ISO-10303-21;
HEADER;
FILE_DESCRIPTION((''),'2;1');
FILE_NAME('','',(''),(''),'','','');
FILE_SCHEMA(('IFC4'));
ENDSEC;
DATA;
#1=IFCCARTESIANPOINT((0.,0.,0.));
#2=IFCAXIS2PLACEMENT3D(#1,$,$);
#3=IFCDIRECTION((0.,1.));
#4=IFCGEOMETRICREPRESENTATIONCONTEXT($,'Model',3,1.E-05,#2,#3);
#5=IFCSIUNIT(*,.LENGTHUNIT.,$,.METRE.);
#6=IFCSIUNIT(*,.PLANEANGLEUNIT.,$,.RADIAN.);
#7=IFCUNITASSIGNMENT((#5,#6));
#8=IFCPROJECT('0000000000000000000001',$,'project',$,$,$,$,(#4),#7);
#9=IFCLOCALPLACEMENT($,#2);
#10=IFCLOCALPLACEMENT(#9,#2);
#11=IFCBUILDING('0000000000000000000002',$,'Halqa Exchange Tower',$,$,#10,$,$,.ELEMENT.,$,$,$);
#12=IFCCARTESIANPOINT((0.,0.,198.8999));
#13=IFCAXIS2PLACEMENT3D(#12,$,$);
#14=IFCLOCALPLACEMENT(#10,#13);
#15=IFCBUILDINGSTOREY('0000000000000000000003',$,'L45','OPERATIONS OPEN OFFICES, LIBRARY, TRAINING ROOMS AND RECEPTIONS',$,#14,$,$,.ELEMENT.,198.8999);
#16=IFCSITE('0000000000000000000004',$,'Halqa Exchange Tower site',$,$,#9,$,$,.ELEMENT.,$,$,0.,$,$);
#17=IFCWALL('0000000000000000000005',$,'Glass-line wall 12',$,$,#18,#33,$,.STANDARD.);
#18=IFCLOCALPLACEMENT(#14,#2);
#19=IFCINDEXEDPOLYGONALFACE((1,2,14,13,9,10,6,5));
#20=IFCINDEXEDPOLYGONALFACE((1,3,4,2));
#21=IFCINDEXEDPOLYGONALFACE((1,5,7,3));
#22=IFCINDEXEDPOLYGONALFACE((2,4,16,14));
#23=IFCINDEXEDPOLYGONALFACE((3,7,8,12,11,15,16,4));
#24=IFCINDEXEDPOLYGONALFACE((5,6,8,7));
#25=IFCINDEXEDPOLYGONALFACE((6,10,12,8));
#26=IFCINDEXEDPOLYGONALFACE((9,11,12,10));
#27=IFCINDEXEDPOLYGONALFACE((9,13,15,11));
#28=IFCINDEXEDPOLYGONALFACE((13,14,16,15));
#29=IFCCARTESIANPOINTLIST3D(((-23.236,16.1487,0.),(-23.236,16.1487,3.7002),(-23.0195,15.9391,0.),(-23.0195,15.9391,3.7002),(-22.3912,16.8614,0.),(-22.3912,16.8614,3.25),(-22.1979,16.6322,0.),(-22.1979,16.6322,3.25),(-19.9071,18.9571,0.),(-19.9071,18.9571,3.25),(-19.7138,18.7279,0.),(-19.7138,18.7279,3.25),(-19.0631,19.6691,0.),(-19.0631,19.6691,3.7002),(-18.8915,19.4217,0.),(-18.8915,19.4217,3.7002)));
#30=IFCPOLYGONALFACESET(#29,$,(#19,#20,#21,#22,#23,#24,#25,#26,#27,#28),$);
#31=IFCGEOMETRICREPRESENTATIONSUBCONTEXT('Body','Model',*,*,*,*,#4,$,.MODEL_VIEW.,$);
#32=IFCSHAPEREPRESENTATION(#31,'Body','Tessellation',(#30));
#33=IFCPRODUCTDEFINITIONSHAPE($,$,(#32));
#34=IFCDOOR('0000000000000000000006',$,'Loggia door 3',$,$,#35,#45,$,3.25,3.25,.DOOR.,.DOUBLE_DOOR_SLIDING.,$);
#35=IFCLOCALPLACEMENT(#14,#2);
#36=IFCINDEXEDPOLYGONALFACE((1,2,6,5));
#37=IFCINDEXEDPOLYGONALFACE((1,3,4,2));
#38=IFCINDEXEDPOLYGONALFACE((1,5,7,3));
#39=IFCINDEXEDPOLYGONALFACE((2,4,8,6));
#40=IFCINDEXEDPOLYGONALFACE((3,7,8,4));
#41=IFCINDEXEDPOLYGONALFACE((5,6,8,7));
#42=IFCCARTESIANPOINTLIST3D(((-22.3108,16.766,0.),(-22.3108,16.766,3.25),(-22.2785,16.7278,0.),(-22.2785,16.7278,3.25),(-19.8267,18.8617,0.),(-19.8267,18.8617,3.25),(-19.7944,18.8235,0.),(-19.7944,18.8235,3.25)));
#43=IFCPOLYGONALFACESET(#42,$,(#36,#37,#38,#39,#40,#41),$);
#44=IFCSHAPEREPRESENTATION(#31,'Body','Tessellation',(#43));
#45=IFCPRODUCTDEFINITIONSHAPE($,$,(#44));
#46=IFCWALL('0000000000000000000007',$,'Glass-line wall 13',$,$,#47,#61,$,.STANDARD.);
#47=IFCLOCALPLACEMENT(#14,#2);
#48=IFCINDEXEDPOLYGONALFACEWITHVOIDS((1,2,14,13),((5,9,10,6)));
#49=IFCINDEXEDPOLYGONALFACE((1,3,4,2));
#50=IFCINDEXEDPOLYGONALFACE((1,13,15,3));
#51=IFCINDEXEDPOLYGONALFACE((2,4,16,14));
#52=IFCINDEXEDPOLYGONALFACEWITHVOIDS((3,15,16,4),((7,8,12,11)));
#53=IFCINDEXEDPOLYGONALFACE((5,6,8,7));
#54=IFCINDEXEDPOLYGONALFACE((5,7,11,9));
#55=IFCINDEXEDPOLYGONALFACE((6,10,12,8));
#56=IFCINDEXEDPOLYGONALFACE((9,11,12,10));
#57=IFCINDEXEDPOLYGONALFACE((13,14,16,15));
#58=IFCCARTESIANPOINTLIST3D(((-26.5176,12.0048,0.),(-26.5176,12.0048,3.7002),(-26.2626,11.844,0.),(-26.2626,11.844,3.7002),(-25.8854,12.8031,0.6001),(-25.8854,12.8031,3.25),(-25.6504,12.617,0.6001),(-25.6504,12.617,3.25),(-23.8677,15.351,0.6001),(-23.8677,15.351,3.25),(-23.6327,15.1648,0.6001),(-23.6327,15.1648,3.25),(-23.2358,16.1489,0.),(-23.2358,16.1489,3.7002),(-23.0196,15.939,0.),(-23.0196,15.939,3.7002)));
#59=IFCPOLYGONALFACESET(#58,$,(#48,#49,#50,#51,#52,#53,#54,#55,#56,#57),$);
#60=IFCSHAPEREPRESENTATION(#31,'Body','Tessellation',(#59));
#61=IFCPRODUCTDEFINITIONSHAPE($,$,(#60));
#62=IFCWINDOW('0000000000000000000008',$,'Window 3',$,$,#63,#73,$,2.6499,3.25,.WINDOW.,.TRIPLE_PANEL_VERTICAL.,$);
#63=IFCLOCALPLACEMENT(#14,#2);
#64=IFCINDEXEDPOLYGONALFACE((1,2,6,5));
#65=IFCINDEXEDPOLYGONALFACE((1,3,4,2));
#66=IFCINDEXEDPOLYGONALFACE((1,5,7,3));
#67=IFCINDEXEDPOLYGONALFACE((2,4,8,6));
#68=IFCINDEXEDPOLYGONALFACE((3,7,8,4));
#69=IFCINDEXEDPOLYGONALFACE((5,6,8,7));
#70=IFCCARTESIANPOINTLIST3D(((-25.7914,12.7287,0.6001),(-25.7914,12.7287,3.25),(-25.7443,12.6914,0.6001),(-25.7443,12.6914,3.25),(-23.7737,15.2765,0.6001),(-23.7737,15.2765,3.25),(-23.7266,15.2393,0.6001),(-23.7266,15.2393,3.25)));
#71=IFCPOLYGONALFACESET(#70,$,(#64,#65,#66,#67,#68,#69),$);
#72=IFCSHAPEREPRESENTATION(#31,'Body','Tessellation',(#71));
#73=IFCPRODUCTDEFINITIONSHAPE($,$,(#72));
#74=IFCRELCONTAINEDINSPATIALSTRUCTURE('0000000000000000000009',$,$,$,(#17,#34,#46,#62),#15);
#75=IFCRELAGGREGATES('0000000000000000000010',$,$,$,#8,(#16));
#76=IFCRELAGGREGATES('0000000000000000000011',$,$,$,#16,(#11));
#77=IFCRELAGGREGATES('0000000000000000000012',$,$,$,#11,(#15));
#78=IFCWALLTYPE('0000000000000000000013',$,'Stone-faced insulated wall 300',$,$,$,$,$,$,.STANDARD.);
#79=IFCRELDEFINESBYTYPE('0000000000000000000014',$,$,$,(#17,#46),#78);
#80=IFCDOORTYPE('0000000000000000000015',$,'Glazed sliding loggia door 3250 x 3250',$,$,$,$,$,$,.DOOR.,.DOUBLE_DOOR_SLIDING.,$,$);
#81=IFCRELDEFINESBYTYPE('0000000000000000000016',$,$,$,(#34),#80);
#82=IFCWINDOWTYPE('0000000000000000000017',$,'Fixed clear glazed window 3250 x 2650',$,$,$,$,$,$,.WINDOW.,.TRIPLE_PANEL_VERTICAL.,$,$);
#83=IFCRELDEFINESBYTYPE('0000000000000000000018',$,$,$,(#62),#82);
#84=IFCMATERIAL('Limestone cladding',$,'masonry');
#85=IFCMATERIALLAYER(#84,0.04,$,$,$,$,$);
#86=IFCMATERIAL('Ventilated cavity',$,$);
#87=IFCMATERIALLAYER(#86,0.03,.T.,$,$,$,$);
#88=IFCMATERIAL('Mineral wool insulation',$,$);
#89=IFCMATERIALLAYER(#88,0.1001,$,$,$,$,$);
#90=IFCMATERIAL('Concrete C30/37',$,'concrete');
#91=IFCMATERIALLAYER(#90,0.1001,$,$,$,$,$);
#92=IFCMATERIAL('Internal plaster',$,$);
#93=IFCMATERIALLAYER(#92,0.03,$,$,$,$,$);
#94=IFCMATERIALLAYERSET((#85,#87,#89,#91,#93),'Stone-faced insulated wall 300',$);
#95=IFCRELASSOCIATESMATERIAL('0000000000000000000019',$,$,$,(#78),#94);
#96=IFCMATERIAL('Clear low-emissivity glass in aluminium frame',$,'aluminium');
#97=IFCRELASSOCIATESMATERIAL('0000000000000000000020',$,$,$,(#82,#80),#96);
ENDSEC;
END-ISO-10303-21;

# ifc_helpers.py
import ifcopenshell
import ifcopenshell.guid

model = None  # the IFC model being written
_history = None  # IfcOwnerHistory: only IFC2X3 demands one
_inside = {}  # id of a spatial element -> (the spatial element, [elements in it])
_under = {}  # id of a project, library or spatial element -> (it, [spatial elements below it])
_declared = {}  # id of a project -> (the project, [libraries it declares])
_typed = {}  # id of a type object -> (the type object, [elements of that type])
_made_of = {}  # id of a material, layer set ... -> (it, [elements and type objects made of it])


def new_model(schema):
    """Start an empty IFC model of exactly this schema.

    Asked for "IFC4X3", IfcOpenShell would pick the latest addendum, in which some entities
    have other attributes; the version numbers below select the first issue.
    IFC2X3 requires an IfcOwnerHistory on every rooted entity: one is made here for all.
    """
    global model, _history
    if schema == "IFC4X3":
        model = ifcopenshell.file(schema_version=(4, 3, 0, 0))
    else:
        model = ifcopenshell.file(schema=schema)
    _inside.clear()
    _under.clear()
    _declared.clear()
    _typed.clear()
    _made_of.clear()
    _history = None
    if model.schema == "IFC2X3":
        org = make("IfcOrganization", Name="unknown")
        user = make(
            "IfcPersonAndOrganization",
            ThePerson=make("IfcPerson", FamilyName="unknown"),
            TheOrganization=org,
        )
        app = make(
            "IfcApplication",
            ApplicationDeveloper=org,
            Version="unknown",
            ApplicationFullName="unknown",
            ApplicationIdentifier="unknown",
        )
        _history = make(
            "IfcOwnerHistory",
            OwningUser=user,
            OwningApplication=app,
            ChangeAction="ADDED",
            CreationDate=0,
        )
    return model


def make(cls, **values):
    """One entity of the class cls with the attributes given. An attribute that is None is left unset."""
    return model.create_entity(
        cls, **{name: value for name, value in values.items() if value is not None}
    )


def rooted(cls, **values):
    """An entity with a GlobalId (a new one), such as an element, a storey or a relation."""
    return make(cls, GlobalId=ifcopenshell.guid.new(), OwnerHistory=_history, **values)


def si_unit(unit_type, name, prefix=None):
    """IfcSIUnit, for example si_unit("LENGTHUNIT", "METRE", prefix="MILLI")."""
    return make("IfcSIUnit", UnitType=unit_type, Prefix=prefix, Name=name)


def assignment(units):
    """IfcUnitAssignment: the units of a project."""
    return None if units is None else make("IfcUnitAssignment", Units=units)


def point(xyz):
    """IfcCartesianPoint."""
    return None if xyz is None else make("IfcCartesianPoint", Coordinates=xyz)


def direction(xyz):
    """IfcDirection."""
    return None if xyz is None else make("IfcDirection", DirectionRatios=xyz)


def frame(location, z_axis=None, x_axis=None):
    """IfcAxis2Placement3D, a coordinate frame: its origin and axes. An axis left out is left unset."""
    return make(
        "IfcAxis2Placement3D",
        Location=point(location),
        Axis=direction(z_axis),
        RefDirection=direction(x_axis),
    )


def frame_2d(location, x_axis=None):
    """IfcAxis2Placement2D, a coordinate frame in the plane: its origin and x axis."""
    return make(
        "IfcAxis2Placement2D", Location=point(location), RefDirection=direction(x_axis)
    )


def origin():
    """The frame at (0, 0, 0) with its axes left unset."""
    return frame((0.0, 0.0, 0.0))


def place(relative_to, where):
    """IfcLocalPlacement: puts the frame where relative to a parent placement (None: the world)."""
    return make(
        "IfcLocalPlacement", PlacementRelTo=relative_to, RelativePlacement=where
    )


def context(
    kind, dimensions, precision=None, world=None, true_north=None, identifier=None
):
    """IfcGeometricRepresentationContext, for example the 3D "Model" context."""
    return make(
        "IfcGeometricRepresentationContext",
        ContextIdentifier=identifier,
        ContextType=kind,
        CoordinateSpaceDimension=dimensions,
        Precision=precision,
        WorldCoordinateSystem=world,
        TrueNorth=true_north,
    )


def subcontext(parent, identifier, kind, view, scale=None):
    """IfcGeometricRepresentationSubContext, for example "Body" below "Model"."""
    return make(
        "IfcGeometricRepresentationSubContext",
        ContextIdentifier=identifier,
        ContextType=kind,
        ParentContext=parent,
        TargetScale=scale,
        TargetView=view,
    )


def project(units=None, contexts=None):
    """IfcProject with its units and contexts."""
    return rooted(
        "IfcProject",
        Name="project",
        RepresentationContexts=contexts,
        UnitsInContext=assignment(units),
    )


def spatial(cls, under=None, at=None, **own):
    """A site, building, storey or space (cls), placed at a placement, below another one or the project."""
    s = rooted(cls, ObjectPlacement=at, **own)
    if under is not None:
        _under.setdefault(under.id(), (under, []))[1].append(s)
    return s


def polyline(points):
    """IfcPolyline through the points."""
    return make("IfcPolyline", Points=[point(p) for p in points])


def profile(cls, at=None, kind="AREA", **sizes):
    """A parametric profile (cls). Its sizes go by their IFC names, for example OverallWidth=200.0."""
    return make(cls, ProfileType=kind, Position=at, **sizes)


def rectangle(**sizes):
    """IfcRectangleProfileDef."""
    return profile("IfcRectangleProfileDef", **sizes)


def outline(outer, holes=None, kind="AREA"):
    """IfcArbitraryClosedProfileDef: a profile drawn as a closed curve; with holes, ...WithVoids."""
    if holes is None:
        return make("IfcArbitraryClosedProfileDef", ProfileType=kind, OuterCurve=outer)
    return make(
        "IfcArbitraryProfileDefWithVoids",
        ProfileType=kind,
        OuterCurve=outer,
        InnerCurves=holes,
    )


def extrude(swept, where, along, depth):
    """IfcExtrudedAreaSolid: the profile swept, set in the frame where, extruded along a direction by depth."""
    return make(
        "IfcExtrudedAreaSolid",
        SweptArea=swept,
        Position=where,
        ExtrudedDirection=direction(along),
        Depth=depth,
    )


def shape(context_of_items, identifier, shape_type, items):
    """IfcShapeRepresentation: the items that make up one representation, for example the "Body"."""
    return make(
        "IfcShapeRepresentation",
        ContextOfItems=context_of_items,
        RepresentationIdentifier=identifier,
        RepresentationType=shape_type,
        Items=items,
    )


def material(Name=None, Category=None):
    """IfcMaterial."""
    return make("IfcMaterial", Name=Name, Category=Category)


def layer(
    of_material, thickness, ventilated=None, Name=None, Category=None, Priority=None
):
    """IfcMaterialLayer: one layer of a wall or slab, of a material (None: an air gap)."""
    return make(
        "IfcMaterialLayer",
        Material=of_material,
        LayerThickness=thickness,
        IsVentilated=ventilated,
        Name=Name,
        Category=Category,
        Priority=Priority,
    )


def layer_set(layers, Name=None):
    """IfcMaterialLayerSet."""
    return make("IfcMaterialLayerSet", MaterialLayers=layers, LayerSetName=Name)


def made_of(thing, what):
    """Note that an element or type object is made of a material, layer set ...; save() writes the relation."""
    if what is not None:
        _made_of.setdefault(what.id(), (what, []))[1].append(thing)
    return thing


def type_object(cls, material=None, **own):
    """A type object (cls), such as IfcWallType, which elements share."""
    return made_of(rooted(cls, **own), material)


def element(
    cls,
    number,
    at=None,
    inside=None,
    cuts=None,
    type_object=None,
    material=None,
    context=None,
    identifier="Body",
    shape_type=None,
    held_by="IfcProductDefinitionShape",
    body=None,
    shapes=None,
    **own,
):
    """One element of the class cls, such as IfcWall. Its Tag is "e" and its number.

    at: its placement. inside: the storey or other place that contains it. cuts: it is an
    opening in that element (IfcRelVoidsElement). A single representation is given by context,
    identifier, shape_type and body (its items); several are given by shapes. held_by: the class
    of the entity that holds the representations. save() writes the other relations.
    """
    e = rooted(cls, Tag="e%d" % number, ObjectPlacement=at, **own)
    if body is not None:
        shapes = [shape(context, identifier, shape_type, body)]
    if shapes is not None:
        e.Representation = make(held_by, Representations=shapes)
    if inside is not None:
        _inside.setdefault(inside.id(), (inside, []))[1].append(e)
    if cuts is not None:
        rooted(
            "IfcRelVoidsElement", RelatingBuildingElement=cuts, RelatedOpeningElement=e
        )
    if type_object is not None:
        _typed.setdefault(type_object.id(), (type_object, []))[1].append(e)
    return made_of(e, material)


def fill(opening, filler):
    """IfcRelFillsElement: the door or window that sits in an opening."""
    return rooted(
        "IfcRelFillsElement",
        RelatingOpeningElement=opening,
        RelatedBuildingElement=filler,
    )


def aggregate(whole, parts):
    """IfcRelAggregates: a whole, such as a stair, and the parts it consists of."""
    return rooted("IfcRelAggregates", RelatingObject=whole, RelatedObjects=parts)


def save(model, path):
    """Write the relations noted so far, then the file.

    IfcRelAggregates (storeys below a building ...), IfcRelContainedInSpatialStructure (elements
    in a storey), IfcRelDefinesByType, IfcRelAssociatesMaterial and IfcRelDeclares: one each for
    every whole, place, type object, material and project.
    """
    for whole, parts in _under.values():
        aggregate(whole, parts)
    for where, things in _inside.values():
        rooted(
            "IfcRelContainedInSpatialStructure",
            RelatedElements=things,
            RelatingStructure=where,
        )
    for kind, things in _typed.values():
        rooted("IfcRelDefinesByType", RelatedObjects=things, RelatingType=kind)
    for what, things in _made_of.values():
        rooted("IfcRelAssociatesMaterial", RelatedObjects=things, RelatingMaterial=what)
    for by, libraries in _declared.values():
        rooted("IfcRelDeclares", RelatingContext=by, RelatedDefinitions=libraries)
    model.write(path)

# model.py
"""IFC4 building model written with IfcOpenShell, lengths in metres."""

from ifc_helpers import new_model, si_unit, direction, frame, frame_2d, origin, place, context, subcontext, project, spatial, polyline, rectangle, outline, extrude, material, layer, layer_set, type_object, element, fill, save


model = new_model("IFC4")

# Units and contexts
model_context = context("Model", 3, precision=1e-05, world=origin(), true_north=direction((0.0, 1.0)))
body_context = subcontext(model_context, "Body", "Model", "MODEL_VIEW")
ifc_project = project(units=[si_unit("LENGTHUNIT", "METRE"), si_unit("PLANEANGLEUNIT", "RADIAN")], contexts=[model_context])

# Site, building, storey
site_placement = place(None, origin())
site = spatial("IfcSite", under=ifc_project, at=site_placement, Name="Halqa Exchange Tower site", CompositionType="ELEMENT", RefElevation=0.0)
building_placement = place(site_placement, origin())
building = spatial("IfcBuilding", under=site, at=building_placement, Name="Halqa Exchange Tower", CompositionType="ELEMENT")
storey_placement = place(building_placement, frame((0.0, 0.0, 198.8999)))
storey = spatial("IfcBuildingStorey", under=building, at=storey_placement, Name="L45", Description="OPERATIONS OPEN OFFICES, LIBRARY, TRAINING ROOMS AND RECEPTIONS", CompositionType="ELEMENT", Elevation=198.8999)

# Shared definitions
ifc_material_1 = material(Name="Limestone cladding", Category="masonry")
ifc_layer_1 = layer(ifc_material_1, 0.04)
ifc_material_2 = material(Name="Ventilated cavity")
ifc_layer_2 = layer(ifc_material_2, 0.03, ventilated=True)
ifc_material_3 = material(Name="Mineral wool insulation")
ifc_layer_3 = layer(ifc_material_3, 0.1001)
ifc_material_4 = material(Name="Concrete C30/37", Category="concrete")
ifc_layer_4 = layer(ifc_material_4, 0.1001)
ifc_material_5 = material(Name="Internal plaster")
ifc_layer_5 = layer(ifc_material_5, 0.03)
ifc_layer_set_1 = layer_set([ifc_layer_1, ifc_layer_2, ifc_layer_3, ifc_layer_4, ifc_layer_5], Name="Stone-faced insulated wall 300")
wall_type_1 = type_object("IfcWallType", Name="Stone-faced insulated wall 300", PredefinedType="STANDARD", material=ifc_layer_set_1)
ifc_material_6 = material(Name="Clear low-emissivity glass in aluminium frame", Category="aluminium")
window_type = type_object("IfcWindowType", Name="Fixed clear glazed window 3250 x 2650", PartitioningType="TRIPLE_PANEL_VERTICAL", PredefinedType="WINDOW", material=ifc_material_6)

# Wall, opening, door
wall_1_placement = place(storey_placement, frame((-18.9773, 19.5454, 0.0), z_axis=(0.0, 0.0, 1.0), x_axis=(-0.76433, -0.644825, 0.0)))
wall_1 = element("IfcWall", 1, at=wall_1_placement, inside=storey, type_object=wall_type_1, Name="Glass-line wall 12", PredefinedType="STANDARD", context=body_context, shape_type="SweptSolid", body=[
    extrude(outline(polyline([(-0.0142, -0.1499), (5.4453, -0.1499), (5.415, 0.1499), (0.0142, 0.1499), (-0.0142, -0.1499)])), origin(), (0.0, 0.0, 1.0), 3.7002),
])
opening_1_placement = place(wall_1_placement, frame((1.0901, 0.0, 0.0)))
opening_1 = element("IfcOpeningElement", 2, at=opening_1_placement, cuts=wall_1, PredefinedType="OPENING", context=body_context, shape_type="SweptSolid", body=[
    extrude(rectangle(XDim=3.25, YDim=3.25, at=frame_2d((1.625, 1.625))), frame((0.0, 0.1621, 0.0), z_axis=(0.0, -1.0, 0.0), x_axis=(1.0, 0.0, 0.0)), (0.0, 0.0, 1.0), 0.324),
])
door_type_1 = type_object("IfcDoorType", Name="Glazed sliding loggia door 3250 x 3250", OperationType="DOUBLE_DOOR_SLIDING", PredefinedType="DOOR", material=ifc_material_6)
door_1_placement = place(opening_1_placement, origin())
door_1 = element("IfcDoor", 3, at=door_1_placement, inside=storey, type_object=door_type_1, Name="Loggia door 3", OperationType="DOUBLE_DOOR_SLIDING", OverallHeight=3.25, OverallWidth=3.25, PredefinedType="DOOR", context=body_context, shape_type="SweptSolid", body=[
    extrude(rectangle(XDim=3.25, YDim=3.25, at=frame_2d((1.625, 1.625))), frame((0.0, 0.0249, 0.0), z_axis=(0.0, -1.0, 0.0), x_axis=(1.0, 0.0, 0.0)), (0.0, 0.0, 1.0), 0.05),
])
fill(opening_1, door_1)

# Wall, opening, window
wall_2_placement = place(storey_placement, frame((-23.1277, 16.0439, 0.0), z_axis=(0.0, 0.0, 1.0), x_axis=(-0.620829, -0.783946, 0.0)))
wall_2 = element("IfcWall", 4, at=wall_2_placement, inside=storey, type_object=wall_type_1, Name="Glass-line wall 13", PredefinedType="STANDARD", context=body_context, shape_type="SweptSolid", body=[
    extrude(outline(polyline([(-0.0151, -0.1499), (5.271, -0.1499), (5.2388, 0.1499), (0.0151, 0.1499), (-0.0151, -0.1499)])), origin(), (0.0, 0.0, 1.0), 3.7002),
])
opening_2_placement = place(wall_2_placement, frame((1.0027, 0.0, 0.6001)))
opening_2 = element("IfcOpeningElement", 5, at=opening_2_placement, cuts=wall_2, PredefinedType="OPENING", context=body_context, shape_type="SweptSolid", body=[
    extrude(rectangle(XDim=3.25, YDim=2.6499, at=frame_2d((1.625, 1.325))), frame((0.0, 0.1621, 0.0), z_axis=(0.0, -1.0, 0.0), x_axis=(1.0, 0.0, 0.0)), (0.0, 0.0, 1.0), 0.324),
])
window_1_placement = place(opening_2_placement, origin())
window_1 = element("IfcWindow", 6, at=window_1_placement, inside=storey, type_object=window_type, Name="Window 3", OverallHeight=2.6499, OverallWidth=3.25, PartitioningType="TRIPLE_PANEL_VERTICAL", PredefinedType="WINDOW", context=body_context, shape_type="SweptSolid", body=[
    extrude(rectangle(XDim=3.25, YDim=2.6499, at=frame_2d((1.625, 1.325))), frame((0.0, 0.03, 0.0), z_axis=(0.0, -1.0, 0.0), x_axis=(1.0, 0.0, 0.0)), (0.0, 0.0, 1.0), 0.0601),
])
fill(opening_2, window_1)

save(model, "model.ifc")
